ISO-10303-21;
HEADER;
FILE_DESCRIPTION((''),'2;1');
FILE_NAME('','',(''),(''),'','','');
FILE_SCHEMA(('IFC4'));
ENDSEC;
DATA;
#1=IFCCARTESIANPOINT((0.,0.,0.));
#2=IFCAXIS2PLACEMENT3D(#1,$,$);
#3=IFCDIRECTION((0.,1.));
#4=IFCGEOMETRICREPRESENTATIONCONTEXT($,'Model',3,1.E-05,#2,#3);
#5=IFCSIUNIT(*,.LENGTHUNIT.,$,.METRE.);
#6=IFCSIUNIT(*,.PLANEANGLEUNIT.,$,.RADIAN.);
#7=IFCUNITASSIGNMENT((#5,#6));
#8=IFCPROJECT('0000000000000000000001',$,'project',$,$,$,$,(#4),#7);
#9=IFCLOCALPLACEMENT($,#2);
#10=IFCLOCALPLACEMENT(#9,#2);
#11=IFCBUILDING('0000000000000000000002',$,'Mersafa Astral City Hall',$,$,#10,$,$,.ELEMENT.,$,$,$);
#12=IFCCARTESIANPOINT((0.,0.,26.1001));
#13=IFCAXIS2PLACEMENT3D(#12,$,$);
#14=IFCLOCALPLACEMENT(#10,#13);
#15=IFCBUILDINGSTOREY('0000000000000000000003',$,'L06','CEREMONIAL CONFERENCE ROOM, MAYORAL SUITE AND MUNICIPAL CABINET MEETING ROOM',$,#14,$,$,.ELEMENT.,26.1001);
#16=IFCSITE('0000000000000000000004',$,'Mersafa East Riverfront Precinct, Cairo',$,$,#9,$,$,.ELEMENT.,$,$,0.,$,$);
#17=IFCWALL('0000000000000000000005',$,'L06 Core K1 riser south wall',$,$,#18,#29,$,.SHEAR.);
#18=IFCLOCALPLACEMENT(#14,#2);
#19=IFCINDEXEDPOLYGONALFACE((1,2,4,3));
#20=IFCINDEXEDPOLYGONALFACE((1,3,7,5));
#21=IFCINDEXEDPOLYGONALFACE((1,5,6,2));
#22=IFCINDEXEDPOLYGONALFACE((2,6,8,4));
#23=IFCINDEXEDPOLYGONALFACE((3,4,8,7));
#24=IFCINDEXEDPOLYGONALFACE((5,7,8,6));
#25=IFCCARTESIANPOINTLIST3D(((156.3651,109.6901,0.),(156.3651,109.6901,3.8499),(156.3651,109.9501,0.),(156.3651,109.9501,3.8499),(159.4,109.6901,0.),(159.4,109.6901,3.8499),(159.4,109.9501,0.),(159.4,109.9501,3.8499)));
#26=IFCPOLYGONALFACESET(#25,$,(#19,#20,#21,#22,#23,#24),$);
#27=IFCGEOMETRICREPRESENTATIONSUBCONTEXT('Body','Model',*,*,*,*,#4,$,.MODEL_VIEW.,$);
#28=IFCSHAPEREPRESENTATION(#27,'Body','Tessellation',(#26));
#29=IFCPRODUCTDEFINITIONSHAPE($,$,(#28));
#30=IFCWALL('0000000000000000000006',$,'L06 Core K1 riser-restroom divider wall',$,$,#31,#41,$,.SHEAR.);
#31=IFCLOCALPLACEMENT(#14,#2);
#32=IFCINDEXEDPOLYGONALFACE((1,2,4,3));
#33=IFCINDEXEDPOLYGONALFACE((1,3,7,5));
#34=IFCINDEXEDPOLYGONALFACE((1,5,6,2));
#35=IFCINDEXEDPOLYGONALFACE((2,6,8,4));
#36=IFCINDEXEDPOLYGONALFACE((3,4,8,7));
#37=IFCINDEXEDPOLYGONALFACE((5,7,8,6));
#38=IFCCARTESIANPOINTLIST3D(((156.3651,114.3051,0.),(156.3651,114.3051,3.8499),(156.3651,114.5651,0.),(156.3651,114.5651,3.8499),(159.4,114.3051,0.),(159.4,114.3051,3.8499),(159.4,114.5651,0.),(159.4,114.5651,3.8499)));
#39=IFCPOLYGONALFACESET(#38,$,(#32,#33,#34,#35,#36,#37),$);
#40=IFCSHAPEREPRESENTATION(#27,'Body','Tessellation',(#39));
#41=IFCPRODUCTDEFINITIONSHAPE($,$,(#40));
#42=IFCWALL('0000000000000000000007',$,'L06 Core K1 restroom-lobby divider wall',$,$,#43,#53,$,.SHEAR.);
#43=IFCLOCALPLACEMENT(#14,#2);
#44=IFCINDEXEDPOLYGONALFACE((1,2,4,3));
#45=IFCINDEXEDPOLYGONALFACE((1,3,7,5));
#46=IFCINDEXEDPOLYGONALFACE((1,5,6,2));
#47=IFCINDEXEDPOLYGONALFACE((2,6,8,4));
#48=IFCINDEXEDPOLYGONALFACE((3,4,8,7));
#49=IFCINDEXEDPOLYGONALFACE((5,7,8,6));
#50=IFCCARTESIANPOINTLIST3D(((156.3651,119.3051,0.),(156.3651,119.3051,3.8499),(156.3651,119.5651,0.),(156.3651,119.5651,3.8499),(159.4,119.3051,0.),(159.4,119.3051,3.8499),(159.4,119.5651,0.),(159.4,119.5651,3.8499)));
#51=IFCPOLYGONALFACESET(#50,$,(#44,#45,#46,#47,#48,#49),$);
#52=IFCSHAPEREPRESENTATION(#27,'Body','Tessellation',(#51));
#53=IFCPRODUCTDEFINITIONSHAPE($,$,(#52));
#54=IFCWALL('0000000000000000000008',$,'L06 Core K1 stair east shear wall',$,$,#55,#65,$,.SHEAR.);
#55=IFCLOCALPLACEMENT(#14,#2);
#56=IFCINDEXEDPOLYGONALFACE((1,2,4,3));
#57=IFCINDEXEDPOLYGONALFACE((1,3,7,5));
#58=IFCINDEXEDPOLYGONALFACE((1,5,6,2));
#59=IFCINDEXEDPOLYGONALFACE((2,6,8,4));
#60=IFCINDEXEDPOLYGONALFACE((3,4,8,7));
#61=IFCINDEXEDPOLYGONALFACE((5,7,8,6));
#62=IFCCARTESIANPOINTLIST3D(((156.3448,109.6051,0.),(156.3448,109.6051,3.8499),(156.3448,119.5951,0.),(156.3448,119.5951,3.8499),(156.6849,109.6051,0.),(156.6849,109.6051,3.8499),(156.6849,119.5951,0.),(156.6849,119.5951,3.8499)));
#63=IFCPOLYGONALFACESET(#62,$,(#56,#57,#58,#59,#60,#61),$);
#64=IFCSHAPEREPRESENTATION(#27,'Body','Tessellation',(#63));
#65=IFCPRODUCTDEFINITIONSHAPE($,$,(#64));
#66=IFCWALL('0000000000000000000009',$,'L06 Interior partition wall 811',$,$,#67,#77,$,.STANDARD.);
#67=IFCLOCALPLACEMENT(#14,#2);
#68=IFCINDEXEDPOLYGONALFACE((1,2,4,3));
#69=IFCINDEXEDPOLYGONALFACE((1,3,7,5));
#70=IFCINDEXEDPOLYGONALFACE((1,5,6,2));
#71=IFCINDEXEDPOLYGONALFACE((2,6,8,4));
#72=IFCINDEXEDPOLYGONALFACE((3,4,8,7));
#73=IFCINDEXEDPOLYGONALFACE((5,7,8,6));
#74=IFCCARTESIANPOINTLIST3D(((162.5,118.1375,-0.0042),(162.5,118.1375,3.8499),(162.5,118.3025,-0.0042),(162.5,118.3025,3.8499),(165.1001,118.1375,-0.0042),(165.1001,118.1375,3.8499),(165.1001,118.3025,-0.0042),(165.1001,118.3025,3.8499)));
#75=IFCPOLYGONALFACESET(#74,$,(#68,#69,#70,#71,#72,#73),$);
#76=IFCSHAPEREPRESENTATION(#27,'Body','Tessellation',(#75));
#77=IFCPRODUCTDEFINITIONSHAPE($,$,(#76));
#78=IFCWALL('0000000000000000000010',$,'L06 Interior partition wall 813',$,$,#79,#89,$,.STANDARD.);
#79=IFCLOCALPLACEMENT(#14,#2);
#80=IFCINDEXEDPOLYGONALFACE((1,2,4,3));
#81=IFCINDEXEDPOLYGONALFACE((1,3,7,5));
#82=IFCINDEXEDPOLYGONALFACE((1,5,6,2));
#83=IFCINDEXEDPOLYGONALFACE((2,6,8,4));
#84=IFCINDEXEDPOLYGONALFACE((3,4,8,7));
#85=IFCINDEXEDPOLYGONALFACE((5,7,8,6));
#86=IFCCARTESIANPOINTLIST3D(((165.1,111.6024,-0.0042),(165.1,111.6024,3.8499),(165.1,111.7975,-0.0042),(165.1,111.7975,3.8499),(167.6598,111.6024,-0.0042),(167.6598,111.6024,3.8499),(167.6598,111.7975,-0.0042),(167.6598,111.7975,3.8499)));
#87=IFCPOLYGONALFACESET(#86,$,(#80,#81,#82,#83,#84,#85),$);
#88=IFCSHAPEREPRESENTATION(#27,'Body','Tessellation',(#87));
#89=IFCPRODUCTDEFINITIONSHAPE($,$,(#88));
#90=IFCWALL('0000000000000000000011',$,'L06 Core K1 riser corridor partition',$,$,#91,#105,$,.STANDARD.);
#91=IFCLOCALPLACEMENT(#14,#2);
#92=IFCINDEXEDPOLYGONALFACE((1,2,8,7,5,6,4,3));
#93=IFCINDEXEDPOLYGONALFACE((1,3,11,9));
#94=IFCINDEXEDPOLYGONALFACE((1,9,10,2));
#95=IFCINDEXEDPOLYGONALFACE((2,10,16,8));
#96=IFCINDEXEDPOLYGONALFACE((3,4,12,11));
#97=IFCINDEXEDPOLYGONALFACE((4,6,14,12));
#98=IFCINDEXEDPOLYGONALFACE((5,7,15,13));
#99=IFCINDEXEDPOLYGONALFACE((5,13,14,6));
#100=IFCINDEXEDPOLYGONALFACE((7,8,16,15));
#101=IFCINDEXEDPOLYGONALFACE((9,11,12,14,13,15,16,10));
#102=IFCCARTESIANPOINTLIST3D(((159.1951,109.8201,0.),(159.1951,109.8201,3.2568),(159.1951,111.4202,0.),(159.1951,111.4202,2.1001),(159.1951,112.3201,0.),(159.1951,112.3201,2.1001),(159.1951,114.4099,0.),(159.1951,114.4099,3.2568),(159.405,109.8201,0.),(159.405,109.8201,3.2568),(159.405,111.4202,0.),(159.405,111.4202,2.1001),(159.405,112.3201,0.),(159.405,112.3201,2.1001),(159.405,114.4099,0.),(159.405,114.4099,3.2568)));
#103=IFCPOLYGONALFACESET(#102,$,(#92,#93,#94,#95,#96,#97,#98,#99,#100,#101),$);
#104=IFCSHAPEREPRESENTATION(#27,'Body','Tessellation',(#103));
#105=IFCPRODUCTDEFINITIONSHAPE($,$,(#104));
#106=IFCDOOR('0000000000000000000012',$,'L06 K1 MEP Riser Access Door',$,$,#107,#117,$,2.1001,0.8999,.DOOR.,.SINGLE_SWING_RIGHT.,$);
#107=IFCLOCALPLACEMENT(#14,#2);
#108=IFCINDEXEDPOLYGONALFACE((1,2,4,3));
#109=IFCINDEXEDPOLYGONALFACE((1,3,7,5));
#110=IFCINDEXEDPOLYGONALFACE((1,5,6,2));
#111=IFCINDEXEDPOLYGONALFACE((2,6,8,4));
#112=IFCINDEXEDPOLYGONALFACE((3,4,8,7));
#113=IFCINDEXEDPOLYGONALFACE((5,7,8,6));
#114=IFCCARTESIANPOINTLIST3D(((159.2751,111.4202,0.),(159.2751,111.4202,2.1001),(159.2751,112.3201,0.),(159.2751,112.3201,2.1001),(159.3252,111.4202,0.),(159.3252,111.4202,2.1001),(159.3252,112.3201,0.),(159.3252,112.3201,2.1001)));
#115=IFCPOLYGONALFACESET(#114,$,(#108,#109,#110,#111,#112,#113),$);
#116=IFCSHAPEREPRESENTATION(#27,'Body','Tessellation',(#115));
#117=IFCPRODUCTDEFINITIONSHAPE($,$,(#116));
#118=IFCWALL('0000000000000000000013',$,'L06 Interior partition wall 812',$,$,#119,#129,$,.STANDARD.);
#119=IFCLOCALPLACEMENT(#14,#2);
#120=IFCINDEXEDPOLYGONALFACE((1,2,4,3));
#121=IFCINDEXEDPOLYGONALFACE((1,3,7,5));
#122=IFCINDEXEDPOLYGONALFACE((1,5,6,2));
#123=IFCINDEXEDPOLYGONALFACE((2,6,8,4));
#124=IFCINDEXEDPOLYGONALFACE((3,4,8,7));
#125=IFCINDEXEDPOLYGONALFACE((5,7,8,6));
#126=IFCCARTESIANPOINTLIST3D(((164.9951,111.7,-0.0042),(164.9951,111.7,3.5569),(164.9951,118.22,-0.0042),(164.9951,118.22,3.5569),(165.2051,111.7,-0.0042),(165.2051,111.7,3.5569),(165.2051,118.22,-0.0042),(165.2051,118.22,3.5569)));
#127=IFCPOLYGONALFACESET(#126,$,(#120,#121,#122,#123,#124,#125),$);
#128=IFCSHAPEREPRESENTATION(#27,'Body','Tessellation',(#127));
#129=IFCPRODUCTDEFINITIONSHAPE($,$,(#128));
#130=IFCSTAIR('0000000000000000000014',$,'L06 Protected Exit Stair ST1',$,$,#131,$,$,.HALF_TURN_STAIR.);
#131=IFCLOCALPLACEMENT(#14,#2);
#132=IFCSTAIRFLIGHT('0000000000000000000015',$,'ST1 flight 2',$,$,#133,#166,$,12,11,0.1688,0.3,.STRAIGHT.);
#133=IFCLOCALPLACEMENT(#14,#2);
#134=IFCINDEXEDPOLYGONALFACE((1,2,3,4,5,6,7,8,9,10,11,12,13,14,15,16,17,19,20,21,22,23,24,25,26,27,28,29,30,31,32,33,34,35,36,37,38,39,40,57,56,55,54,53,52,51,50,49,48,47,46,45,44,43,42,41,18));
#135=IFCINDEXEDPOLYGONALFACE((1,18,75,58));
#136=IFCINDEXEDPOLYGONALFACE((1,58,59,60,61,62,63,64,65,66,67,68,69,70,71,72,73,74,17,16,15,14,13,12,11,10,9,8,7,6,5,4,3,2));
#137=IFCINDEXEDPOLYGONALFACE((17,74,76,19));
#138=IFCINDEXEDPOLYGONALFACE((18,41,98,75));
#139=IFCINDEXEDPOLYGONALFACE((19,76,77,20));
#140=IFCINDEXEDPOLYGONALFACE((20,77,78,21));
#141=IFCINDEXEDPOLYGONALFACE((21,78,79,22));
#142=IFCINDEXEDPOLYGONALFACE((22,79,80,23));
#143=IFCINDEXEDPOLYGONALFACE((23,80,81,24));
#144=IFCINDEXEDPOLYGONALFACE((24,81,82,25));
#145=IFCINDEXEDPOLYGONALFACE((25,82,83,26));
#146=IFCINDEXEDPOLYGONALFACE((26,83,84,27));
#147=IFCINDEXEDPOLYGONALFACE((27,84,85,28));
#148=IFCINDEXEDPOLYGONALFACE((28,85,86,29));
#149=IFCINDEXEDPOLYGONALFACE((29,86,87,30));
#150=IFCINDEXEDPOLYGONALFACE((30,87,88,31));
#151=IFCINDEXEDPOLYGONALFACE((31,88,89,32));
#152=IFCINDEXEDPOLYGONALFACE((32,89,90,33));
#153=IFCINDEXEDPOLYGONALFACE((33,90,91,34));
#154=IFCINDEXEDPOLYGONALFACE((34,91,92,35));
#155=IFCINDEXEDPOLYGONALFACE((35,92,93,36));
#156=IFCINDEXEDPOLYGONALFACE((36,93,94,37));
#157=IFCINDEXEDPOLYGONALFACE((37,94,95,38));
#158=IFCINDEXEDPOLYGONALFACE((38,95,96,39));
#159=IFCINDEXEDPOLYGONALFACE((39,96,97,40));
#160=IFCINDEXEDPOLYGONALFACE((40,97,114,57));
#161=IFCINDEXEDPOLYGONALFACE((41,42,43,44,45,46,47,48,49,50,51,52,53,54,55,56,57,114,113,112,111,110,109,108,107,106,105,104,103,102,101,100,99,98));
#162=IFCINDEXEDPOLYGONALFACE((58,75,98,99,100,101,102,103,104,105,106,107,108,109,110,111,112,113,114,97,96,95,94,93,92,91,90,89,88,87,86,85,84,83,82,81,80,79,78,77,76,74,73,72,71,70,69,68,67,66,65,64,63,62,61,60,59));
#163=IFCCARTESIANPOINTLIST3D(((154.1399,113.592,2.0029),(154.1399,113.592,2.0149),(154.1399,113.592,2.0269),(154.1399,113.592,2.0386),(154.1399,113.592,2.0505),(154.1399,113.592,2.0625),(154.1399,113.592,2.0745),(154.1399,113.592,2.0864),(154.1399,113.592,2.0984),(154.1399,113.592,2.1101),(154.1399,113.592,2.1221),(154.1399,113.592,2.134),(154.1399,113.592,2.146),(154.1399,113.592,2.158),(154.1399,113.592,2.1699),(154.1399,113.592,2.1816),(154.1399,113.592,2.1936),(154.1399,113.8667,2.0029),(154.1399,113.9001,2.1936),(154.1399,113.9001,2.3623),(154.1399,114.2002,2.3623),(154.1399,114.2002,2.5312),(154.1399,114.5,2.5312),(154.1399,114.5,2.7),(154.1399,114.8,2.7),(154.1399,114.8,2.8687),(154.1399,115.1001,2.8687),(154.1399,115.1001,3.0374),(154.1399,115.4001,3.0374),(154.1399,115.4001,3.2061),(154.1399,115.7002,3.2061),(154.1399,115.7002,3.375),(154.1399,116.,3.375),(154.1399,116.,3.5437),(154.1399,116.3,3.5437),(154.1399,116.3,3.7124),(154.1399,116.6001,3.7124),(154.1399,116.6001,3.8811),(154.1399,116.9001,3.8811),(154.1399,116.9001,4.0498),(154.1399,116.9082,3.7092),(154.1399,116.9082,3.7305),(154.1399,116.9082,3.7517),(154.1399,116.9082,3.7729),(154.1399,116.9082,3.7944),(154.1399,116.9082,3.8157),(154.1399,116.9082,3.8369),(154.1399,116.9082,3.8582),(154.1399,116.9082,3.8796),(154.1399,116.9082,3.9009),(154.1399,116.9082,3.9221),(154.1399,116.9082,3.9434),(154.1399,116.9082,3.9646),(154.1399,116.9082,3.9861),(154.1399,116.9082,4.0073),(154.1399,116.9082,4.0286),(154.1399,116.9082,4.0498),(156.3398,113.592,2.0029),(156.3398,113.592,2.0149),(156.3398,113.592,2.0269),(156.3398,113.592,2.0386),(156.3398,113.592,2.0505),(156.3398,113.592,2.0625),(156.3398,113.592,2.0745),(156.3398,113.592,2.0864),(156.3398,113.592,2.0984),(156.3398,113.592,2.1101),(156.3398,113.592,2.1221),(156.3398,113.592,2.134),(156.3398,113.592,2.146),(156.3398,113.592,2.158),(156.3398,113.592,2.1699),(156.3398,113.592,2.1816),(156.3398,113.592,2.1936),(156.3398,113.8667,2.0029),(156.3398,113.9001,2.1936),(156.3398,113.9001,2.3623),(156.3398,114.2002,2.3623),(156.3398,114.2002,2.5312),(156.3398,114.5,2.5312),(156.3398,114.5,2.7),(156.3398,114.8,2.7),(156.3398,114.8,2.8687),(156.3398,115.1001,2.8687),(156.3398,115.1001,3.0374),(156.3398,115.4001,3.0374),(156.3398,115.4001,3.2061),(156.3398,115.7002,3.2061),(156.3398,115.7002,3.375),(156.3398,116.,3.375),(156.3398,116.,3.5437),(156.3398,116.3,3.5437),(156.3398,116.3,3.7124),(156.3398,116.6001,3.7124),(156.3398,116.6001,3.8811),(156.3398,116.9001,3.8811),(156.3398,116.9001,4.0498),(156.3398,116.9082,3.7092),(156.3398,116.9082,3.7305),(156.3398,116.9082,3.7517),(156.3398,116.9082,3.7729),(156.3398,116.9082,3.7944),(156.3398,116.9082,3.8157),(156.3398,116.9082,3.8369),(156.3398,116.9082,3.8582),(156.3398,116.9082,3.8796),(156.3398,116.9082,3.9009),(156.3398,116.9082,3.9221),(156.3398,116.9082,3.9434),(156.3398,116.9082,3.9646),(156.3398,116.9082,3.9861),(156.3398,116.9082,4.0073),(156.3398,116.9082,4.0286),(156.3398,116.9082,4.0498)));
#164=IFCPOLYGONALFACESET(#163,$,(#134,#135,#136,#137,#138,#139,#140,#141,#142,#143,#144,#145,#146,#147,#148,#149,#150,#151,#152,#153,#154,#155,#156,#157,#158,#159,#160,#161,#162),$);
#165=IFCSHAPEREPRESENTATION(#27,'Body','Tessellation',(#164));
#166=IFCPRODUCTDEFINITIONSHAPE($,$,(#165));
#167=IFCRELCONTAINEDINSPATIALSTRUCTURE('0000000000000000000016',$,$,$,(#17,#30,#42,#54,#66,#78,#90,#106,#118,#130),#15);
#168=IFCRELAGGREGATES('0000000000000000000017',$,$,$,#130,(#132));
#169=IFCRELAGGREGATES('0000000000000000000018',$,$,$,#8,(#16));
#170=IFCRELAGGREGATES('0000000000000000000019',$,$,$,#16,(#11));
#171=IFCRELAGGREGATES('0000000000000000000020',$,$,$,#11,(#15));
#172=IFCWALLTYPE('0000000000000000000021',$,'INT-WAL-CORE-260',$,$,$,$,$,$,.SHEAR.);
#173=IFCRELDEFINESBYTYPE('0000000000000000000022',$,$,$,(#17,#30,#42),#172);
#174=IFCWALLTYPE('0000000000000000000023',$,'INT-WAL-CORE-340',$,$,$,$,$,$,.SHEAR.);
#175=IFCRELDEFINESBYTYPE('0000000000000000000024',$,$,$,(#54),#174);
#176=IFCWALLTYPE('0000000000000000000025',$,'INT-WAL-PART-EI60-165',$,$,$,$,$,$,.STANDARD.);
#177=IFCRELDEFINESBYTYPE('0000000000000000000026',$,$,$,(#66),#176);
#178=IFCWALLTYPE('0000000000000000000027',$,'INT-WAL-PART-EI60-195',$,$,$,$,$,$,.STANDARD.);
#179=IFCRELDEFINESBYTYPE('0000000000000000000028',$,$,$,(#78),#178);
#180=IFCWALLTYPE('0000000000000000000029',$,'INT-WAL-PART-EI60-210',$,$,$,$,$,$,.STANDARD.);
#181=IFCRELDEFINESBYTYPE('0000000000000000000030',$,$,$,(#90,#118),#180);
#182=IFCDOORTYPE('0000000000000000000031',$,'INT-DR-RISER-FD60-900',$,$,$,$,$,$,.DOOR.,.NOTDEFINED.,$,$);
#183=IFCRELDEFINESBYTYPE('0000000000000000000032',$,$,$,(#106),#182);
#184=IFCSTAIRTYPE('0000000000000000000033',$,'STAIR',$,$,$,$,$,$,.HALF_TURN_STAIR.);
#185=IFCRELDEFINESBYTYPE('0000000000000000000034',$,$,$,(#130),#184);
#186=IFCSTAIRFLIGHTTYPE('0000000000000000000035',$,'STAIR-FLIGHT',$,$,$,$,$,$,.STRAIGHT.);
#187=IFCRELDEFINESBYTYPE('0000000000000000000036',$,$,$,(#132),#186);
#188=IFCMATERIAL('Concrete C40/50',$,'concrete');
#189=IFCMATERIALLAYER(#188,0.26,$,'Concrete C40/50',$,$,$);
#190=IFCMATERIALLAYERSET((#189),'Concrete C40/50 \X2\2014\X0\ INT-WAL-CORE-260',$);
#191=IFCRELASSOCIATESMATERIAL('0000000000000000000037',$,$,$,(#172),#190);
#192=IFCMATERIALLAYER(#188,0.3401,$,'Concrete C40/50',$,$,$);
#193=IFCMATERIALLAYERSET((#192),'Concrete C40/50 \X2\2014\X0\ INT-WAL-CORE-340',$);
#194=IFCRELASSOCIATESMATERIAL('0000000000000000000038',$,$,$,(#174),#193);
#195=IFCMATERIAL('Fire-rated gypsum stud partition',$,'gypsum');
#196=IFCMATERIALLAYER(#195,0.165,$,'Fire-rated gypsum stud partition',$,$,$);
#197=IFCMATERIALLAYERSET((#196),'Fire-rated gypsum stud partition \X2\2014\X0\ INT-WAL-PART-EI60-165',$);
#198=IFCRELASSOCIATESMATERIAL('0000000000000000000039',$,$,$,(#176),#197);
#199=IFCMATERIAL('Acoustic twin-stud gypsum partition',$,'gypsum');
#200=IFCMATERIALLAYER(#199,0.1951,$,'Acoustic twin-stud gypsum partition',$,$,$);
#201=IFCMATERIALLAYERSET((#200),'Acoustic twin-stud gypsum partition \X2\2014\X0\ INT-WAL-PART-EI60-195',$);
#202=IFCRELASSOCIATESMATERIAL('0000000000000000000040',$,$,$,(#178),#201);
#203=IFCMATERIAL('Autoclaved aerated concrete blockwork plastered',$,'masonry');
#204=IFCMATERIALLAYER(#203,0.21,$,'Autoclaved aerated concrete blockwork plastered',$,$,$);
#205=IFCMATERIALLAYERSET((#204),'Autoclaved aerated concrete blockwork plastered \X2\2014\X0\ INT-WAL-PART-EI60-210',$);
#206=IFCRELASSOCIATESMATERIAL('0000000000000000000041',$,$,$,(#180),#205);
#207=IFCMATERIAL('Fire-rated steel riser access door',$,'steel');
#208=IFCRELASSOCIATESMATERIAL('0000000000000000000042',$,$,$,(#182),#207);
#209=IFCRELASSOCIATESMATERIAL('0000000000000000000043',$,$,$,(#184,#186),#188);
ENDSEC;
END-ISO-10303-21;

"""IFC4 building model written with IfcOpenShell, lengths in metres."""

from ifc_helpers import new_model, si_unit, direction, frame, frame_2d, origin, place, context, subcontext, project, spatial, polyline, rectangle, outline, extrude, material, layer, layer_set, type_object, element, fill, aggregate, save


model = new_model("IFC4")

# Units and contexts
model_context = context("Model", 3, precision=1e-05, world=origin(), true_north=direction((0.0, 1.0)))
body_context = subcontext(model_context, "Body", "Model", "MODEL_VIEW")
ifc_project = project(units=[si_unit("LENGTHUNIT", "METRE"), si_unit("PLANEANGLEUNIT", "RADIAN")], contexts=[model_context])

# Site, building, storey
site_placement = place(None, origin())
site = spatial("IfcSite", under=ifc_project, at=site_placement, Name="Mersafa East Riverfront Precinct, Cairo", CompositionType="ELEMENT", RefElevation=0.0)
building_placement = place(site_placement, origin())
building = spatial("IfcBuilding", under=site, at=building_placement, Name="Mersafa Astral City Hall", CompositionType="ELEMENT")
storey_placement = place(building_placement, frame((0.0, 0.0, 26.1001)))
storey = spatial("IfcBuildingStorey", under=building, at=storey_placement, Name="L06", Description="CEREMONIAL CONFERENCE ROOM, MAYORAL SUITE AND MUNICIPAL CABINET MEETING ROOM", CompositionType="ELEMENT", Elevation=26.1001)

# Walls
ifc_material_1 = material(Name="Concrete C40/50", Category="concrete")
ifc_layer_1 = layer(ifc_material_1, 0.26, Name="Concrete C40/50")
ifc_layer_set_1 = layer_set([ifc_layer_1], Name="Concrete C40/50 — INT-WAL-CORE-260")
wall_type_1 = type_object("IfcWallType", Name="INT-WAL-CORE-260", PredefinedType="SHEAR", material=ifc_layer_set_1)
for number, where, z_axis, x_axis, name in (
    (1, (156.365, 109.8201, 0.0), (0.0, 0.0, 1.0), (1.0, 0.0, 0.0), "L06 Core K1 riser south wall"),
    (2, (156.365, 114.4351, 0.0), (0.0, 0.0, 1.0), (1.0, 0.0, 0.0), "L06 Core K1 riser-restroom divider wall"),
    (3, (156.365, 119.4351, 0.0), (0.0, 0.0, 1.0), (1.0, 0.0, 0.0), "L06 Core K1 restroom-lobby divider wall"),
):
    element("IfcWall", number, at=place(storey_placement, frame(where, z_axis=z_axis, x_axis=x_axis)), inside=storey, type_object=wall_type_1, Name=name, PredefinedType="SHEAR", context=body_context, shape_type="SweptSolid", body=[
        extrude(rectangle(XDim=3.0349, YDim=0.26, at=frame_2d((1.5176, 0.0))), origin(), (0.0, 0.0, 1.0), 3.8499),
    ])
ifc_layer_2 = layer(ifc_material_1, 0.3401, Name="Concrete C40/50")
ifc_layer_set_2 = layer_set([ifc_layer_2], Name="Concrete C40/50 — INT-WAL-CORE-340")
wall_type_2 = type_object("IfcWallType", Name="INT-WAL-CORE-340", PredefinedType="SHEAR", material=ifc_layer_set_2)
wall_1_placement = place(storey_placement, frame((156.5149, 109.605, 0.0), z_axis=(0.0, 0.0, 1.0), x_axis=(0.0, 1.0, 0.0)))
element("IfcWall", 4, at=wall_1_placement, inside=storey, type_object=wall_type_2, Name="L06 Core K1 stair east shear wall", PredefinedType="SHEAR", context=body_context, shape_type="SweptSolid", body=[
    extrude(rectangle(XDim=9.99, YDim=0.3401, at=frame_2d((4.9951, 0.0))), origin(), (0.0, 0.0, 1.0), 3.8499),
])
ifc_material_2 = material(Name="Fire-rated gypsum stud partition", Category="gypsum")
ifc_layer_3 = layer(ifc_material_2, 0.165, Name="Fire-rated gypsum stud partition")
ifc_layer_set_3 = layer_set([ifc_layer_3], Name="Fire-rated gypsum stud partition — INT-WAL-PART-EI60-165")
wall_type_3 = type_object("IfcWallType", Name="INT-WAL-PART-EI60-165", PredefinedType="STANDARD", material=ifc_layer_set_3)
wall_2_placement = place(storey_placement, frame((162.5, 118.22, -0.0042), z_axis=(0.0, 0.0, 1.0), x_axis=(1.0, 0.0, 0.0)))
element("IfcWall", 5, at=wall_2_placement, inside=storey, type_object=wall_type_3, Name="L06 Interior partition wall 811", PredefinedType="STANDARD", context=body_context, shape_type="SweptSolid", body=[
    extrude(rectangle(XDim=2.6001, YDim=0.165, at=frame_2d((1.3, 0.0))), origin(), (0.0, 0.0, 1.0), 3.854),
])
ifc_material_3 = material(Name="Acoustic twin-stud gypsum partition", Category="gypsum")
ifc_layer_4 = layer(ifc_material_3, 0.1951, Name="Acoustic twin-stud gypsum partition")
ifc_layer_set_4 = layer_set([ifc_layer_4], Name="Acoustic twin-stud gypsum partition — INT-WAL-PART-EI60-195")
wall_type_4 = type_object("IfcWallType", Name="INT-WAL-PART-EI60-195", PredefinedType="STANDARD", material=ifc_layer_set_4)
wall_3_placement = place(storey_placement, frame((165.1001, 111.7, -0.0042), z_axis=(0.0, 0.0, 1.0), x_axis=(1.0, 0.0, 0.0)))
element("IfcWall", 6, at=wall_3_placement, inside=storey, type_object=wall_type_4, Name="L06 Interior partition wall 813", PredefinedType="STANDARD", context=body_context, shape_type="SweptSolid", body=[
    extrude(rectangle(XDim=2.5598, YDim=0.1951, at=frame_2d((1.2798, 0.0))), origin(), (0.0, 0.0, 1.0), 3.854),
])

# Wall, opening, door
ifc_material_4 = material(Name="Autoclaved aerated concrete blockwork plastered", Category="masonry")
ifc_layer_5 = layer(ifc_material_4, 0.21, Name="Autoclaved aerated concrete blockwork plastered")
ifc_layer_set_5 = layer_set([ifc_layer_5], Name="Autoclaved aerated concrete blockwork plastered — INT-WAL-PART-EI60-210")
wall_type_5 = type_object("IfcWallType", Name="INT-WAL-PART-EI60-210", PredefinedType="STANDARD", material=ifc_layer_set_5)
wall_4_placement = place(storey_placement, frame((159.3, 109.8201, 0.0), z_axis=(0.0, 0.0, 1.0), x_axis=(0.0, 1.0, 0.0)))
wall_4 = element("IfcWall", 7, at=wall_4_placement, inside=storey, type_object=wall_type_5, Name="L06 Core K1 riser corridor partition", PredefinedType="STANDARD", context=body_context, shape_type="SweptSolid", body=[
    extrude(rectangle(XDim=4.5898, YDim=0.21, at=frame_2d((2.2949, 0.0))), origin(), (0.0, 0.0, 1.0), 3.2568),
])
opening_1_placement = place(wall_4_placement, frame((1.6001, 0.0, 0.0)))
opening_1 = element("IfcOpeningElement", 8, at=opening_1_placement, cuts=wall_4, PredefinedType="OPENING", context=body_context, shape_type="SweptSolid", body=[
    extrude(rectangle(XDim=0.8999, YDim=2.1001, at=frame_2d((0.45, 1.05))), frame((0.0, 0.115, 0.0), z_axis=(0.0, -1.0, 0.0), x_axis=(1.0, 0.0, 0.0)), (0.0, 0.0, 1.0), 0.23),
])
ifc_material_5 = material(Name="Fire-rated steel riser access door", Category="steel")
door_type_1 = type_object("IfcDoorType", Name="INT-DR-RISER-FD60-900", OperationType="NOTDEFINED", PredefinedType="DOOR", material=ifc_material_5)
door_1_placement = place(opening_1_placement, origin())
door_1 = element("IfcDoor", 9, at=door_1_placement, inside=storey, type_object=door_type_1, Name="L06 K1 MEP Riser Access Door", OperationType="SINGLE_SWING_RIGHT", OverallHeight=2.1001, OverallWidth=0.8999, PredefinedType="DOOR", context=body_context, shape_type="SweptSolid", body=[
    extrude(rectangle(XDim=0.8999, YDim=2.1001, at=frame_2d((0.45, 1.05))), frame((0.0, 0.0249, 0.0), z_axis=(0.0, -1.0, 0.0), x_axis=(1.0, 0.0, 0.0)), (0.0, 0.0, 1.0), 0.05),
])
fill(opening_1, door_1)

# Wall
wall_5_placement = place(storey_placement, frame((165.1001, 118.22, -0.0042), z_axis=(0.0, 0.0, 1.0), x_axis=(0.0, -1.0, 0.0)))
element("IfcWall", 10, at=wall_5_placement, inside=storey, type_object=wall_type_5, Name="L06 Interior partition wall 812", PredefinedType="STANDARD", context=body_context, shape_type="SweptSolid", body=[
    extrude(rectangle(XDim=6.52, YDim=0.21, at=frame_2d((3.26, 0.0))), origin(), (0.0, 0.0, 1.0), 3.561),
])

# Stair, stair flight
stair_type = type_object("IfcStairType", Name="STAIR", PredefinedType="HALF_TURN_STAIR", material=ifc_material_1)
stair_placement = place(storey_placement, origin())
stair = element("IfcStair", 11, at=stair_placement, inside=storey, type_object=stair_type, Name="L06 Protected Exit Stair ST1", PredefinedType="HALF_TURN_STAIR")
stair_flight_type = type_object("IfcStairFlightType", Name="STAIR-FLIGHT", PredefinedType="STRAIGHT", material=ifc_material_1)
stair_flight_placement = place(storey_placement, frame((155.24, 113.6001, 2.0249), z_axis=(0.0, 0.0, 1.0), x_axis=(0.0, 1.0, 0.0)))
stair_flight = element("IfcStairFlight", 12, at=stair_flight_placement, type_object=stair_flight_type, Name="ST1 flight 2", NumberOfRisers=12, NumberOfTreads=11, PredefinedType="STRAIGHT", RiserHeight=0.1688, TreadLength=0.3, context=body_context, shape_type="SweptSolid", body=[
    extrude(outline(polyline([(-0.0081, -0.022), (-0.0081, -0.01), (-0.0081, 0.002), (-0.0081, 0.0137), (-0.0081, 0.0256), (-0.0081, 0.0376), (-0.0081, 0.0496), (-0.0081, 0.0615), (-0.0081, 0.0735), (-0.0081, 0.0852), (-0.0081, 0.0972), (-0.0081, 0.1091), (-0.0081, 0.1211), (-0.0081, 0.1331), (-0.0081, 0.145), (-0.0081, 0.1567), (-0.0081, 0.1687), (0.3, 0.1687), (0.3, 0.3374), (0.6001, 0.3374), (0.6001, 0.5063), (0.8999, 0.5063), (0.8999, 0.675), (1.2, 0.675), (1.2, 0.8438), (1.5, 0.8438), (1.5, 1.0125), (1.8, 1.0125), (1.8, 1.1812), (2.1001, 1.1812), (2.1001, 1.3501), (2.3999, 1.3501), (2.3999, 1.5188), (2.7, 1.5188), (2.7, 1.6875), (3.0, 1.6875), (3.0, 1.8562), (3.3, 1.8562), (3.3, 2.0249), (3.3081, 2.0249), (3.3081, 2.0037), (3.3081, 1.9824), (3.3081, 1.9612), (3.3081, 1.9397), (3.3081, 1.9185), (3.3081, 1.8972), (3.3081, 1.876), (3.3081, 1.8547), (3.3081, 1.8333), (3.3081, 1.812), (3.3081, 1.7908), (3.3081, 1.7695), (3.3081, 1.748), (3.3081, 1.7268), (3.3081, 1.7056), (3.3081, 1.6843), (0.2666, -0.022), (-0.0081, -0.022)])), frame((0.0, 1.1001, 0.0), z_axis=(0.0, -1.0, 0.0), x_axis=(1.0, 0.0, 0.0)), (0.0, 0.0, 1.0), 2.2),
])
aggregate(stair, [stair_flight])

save(model, "model.ifc")
